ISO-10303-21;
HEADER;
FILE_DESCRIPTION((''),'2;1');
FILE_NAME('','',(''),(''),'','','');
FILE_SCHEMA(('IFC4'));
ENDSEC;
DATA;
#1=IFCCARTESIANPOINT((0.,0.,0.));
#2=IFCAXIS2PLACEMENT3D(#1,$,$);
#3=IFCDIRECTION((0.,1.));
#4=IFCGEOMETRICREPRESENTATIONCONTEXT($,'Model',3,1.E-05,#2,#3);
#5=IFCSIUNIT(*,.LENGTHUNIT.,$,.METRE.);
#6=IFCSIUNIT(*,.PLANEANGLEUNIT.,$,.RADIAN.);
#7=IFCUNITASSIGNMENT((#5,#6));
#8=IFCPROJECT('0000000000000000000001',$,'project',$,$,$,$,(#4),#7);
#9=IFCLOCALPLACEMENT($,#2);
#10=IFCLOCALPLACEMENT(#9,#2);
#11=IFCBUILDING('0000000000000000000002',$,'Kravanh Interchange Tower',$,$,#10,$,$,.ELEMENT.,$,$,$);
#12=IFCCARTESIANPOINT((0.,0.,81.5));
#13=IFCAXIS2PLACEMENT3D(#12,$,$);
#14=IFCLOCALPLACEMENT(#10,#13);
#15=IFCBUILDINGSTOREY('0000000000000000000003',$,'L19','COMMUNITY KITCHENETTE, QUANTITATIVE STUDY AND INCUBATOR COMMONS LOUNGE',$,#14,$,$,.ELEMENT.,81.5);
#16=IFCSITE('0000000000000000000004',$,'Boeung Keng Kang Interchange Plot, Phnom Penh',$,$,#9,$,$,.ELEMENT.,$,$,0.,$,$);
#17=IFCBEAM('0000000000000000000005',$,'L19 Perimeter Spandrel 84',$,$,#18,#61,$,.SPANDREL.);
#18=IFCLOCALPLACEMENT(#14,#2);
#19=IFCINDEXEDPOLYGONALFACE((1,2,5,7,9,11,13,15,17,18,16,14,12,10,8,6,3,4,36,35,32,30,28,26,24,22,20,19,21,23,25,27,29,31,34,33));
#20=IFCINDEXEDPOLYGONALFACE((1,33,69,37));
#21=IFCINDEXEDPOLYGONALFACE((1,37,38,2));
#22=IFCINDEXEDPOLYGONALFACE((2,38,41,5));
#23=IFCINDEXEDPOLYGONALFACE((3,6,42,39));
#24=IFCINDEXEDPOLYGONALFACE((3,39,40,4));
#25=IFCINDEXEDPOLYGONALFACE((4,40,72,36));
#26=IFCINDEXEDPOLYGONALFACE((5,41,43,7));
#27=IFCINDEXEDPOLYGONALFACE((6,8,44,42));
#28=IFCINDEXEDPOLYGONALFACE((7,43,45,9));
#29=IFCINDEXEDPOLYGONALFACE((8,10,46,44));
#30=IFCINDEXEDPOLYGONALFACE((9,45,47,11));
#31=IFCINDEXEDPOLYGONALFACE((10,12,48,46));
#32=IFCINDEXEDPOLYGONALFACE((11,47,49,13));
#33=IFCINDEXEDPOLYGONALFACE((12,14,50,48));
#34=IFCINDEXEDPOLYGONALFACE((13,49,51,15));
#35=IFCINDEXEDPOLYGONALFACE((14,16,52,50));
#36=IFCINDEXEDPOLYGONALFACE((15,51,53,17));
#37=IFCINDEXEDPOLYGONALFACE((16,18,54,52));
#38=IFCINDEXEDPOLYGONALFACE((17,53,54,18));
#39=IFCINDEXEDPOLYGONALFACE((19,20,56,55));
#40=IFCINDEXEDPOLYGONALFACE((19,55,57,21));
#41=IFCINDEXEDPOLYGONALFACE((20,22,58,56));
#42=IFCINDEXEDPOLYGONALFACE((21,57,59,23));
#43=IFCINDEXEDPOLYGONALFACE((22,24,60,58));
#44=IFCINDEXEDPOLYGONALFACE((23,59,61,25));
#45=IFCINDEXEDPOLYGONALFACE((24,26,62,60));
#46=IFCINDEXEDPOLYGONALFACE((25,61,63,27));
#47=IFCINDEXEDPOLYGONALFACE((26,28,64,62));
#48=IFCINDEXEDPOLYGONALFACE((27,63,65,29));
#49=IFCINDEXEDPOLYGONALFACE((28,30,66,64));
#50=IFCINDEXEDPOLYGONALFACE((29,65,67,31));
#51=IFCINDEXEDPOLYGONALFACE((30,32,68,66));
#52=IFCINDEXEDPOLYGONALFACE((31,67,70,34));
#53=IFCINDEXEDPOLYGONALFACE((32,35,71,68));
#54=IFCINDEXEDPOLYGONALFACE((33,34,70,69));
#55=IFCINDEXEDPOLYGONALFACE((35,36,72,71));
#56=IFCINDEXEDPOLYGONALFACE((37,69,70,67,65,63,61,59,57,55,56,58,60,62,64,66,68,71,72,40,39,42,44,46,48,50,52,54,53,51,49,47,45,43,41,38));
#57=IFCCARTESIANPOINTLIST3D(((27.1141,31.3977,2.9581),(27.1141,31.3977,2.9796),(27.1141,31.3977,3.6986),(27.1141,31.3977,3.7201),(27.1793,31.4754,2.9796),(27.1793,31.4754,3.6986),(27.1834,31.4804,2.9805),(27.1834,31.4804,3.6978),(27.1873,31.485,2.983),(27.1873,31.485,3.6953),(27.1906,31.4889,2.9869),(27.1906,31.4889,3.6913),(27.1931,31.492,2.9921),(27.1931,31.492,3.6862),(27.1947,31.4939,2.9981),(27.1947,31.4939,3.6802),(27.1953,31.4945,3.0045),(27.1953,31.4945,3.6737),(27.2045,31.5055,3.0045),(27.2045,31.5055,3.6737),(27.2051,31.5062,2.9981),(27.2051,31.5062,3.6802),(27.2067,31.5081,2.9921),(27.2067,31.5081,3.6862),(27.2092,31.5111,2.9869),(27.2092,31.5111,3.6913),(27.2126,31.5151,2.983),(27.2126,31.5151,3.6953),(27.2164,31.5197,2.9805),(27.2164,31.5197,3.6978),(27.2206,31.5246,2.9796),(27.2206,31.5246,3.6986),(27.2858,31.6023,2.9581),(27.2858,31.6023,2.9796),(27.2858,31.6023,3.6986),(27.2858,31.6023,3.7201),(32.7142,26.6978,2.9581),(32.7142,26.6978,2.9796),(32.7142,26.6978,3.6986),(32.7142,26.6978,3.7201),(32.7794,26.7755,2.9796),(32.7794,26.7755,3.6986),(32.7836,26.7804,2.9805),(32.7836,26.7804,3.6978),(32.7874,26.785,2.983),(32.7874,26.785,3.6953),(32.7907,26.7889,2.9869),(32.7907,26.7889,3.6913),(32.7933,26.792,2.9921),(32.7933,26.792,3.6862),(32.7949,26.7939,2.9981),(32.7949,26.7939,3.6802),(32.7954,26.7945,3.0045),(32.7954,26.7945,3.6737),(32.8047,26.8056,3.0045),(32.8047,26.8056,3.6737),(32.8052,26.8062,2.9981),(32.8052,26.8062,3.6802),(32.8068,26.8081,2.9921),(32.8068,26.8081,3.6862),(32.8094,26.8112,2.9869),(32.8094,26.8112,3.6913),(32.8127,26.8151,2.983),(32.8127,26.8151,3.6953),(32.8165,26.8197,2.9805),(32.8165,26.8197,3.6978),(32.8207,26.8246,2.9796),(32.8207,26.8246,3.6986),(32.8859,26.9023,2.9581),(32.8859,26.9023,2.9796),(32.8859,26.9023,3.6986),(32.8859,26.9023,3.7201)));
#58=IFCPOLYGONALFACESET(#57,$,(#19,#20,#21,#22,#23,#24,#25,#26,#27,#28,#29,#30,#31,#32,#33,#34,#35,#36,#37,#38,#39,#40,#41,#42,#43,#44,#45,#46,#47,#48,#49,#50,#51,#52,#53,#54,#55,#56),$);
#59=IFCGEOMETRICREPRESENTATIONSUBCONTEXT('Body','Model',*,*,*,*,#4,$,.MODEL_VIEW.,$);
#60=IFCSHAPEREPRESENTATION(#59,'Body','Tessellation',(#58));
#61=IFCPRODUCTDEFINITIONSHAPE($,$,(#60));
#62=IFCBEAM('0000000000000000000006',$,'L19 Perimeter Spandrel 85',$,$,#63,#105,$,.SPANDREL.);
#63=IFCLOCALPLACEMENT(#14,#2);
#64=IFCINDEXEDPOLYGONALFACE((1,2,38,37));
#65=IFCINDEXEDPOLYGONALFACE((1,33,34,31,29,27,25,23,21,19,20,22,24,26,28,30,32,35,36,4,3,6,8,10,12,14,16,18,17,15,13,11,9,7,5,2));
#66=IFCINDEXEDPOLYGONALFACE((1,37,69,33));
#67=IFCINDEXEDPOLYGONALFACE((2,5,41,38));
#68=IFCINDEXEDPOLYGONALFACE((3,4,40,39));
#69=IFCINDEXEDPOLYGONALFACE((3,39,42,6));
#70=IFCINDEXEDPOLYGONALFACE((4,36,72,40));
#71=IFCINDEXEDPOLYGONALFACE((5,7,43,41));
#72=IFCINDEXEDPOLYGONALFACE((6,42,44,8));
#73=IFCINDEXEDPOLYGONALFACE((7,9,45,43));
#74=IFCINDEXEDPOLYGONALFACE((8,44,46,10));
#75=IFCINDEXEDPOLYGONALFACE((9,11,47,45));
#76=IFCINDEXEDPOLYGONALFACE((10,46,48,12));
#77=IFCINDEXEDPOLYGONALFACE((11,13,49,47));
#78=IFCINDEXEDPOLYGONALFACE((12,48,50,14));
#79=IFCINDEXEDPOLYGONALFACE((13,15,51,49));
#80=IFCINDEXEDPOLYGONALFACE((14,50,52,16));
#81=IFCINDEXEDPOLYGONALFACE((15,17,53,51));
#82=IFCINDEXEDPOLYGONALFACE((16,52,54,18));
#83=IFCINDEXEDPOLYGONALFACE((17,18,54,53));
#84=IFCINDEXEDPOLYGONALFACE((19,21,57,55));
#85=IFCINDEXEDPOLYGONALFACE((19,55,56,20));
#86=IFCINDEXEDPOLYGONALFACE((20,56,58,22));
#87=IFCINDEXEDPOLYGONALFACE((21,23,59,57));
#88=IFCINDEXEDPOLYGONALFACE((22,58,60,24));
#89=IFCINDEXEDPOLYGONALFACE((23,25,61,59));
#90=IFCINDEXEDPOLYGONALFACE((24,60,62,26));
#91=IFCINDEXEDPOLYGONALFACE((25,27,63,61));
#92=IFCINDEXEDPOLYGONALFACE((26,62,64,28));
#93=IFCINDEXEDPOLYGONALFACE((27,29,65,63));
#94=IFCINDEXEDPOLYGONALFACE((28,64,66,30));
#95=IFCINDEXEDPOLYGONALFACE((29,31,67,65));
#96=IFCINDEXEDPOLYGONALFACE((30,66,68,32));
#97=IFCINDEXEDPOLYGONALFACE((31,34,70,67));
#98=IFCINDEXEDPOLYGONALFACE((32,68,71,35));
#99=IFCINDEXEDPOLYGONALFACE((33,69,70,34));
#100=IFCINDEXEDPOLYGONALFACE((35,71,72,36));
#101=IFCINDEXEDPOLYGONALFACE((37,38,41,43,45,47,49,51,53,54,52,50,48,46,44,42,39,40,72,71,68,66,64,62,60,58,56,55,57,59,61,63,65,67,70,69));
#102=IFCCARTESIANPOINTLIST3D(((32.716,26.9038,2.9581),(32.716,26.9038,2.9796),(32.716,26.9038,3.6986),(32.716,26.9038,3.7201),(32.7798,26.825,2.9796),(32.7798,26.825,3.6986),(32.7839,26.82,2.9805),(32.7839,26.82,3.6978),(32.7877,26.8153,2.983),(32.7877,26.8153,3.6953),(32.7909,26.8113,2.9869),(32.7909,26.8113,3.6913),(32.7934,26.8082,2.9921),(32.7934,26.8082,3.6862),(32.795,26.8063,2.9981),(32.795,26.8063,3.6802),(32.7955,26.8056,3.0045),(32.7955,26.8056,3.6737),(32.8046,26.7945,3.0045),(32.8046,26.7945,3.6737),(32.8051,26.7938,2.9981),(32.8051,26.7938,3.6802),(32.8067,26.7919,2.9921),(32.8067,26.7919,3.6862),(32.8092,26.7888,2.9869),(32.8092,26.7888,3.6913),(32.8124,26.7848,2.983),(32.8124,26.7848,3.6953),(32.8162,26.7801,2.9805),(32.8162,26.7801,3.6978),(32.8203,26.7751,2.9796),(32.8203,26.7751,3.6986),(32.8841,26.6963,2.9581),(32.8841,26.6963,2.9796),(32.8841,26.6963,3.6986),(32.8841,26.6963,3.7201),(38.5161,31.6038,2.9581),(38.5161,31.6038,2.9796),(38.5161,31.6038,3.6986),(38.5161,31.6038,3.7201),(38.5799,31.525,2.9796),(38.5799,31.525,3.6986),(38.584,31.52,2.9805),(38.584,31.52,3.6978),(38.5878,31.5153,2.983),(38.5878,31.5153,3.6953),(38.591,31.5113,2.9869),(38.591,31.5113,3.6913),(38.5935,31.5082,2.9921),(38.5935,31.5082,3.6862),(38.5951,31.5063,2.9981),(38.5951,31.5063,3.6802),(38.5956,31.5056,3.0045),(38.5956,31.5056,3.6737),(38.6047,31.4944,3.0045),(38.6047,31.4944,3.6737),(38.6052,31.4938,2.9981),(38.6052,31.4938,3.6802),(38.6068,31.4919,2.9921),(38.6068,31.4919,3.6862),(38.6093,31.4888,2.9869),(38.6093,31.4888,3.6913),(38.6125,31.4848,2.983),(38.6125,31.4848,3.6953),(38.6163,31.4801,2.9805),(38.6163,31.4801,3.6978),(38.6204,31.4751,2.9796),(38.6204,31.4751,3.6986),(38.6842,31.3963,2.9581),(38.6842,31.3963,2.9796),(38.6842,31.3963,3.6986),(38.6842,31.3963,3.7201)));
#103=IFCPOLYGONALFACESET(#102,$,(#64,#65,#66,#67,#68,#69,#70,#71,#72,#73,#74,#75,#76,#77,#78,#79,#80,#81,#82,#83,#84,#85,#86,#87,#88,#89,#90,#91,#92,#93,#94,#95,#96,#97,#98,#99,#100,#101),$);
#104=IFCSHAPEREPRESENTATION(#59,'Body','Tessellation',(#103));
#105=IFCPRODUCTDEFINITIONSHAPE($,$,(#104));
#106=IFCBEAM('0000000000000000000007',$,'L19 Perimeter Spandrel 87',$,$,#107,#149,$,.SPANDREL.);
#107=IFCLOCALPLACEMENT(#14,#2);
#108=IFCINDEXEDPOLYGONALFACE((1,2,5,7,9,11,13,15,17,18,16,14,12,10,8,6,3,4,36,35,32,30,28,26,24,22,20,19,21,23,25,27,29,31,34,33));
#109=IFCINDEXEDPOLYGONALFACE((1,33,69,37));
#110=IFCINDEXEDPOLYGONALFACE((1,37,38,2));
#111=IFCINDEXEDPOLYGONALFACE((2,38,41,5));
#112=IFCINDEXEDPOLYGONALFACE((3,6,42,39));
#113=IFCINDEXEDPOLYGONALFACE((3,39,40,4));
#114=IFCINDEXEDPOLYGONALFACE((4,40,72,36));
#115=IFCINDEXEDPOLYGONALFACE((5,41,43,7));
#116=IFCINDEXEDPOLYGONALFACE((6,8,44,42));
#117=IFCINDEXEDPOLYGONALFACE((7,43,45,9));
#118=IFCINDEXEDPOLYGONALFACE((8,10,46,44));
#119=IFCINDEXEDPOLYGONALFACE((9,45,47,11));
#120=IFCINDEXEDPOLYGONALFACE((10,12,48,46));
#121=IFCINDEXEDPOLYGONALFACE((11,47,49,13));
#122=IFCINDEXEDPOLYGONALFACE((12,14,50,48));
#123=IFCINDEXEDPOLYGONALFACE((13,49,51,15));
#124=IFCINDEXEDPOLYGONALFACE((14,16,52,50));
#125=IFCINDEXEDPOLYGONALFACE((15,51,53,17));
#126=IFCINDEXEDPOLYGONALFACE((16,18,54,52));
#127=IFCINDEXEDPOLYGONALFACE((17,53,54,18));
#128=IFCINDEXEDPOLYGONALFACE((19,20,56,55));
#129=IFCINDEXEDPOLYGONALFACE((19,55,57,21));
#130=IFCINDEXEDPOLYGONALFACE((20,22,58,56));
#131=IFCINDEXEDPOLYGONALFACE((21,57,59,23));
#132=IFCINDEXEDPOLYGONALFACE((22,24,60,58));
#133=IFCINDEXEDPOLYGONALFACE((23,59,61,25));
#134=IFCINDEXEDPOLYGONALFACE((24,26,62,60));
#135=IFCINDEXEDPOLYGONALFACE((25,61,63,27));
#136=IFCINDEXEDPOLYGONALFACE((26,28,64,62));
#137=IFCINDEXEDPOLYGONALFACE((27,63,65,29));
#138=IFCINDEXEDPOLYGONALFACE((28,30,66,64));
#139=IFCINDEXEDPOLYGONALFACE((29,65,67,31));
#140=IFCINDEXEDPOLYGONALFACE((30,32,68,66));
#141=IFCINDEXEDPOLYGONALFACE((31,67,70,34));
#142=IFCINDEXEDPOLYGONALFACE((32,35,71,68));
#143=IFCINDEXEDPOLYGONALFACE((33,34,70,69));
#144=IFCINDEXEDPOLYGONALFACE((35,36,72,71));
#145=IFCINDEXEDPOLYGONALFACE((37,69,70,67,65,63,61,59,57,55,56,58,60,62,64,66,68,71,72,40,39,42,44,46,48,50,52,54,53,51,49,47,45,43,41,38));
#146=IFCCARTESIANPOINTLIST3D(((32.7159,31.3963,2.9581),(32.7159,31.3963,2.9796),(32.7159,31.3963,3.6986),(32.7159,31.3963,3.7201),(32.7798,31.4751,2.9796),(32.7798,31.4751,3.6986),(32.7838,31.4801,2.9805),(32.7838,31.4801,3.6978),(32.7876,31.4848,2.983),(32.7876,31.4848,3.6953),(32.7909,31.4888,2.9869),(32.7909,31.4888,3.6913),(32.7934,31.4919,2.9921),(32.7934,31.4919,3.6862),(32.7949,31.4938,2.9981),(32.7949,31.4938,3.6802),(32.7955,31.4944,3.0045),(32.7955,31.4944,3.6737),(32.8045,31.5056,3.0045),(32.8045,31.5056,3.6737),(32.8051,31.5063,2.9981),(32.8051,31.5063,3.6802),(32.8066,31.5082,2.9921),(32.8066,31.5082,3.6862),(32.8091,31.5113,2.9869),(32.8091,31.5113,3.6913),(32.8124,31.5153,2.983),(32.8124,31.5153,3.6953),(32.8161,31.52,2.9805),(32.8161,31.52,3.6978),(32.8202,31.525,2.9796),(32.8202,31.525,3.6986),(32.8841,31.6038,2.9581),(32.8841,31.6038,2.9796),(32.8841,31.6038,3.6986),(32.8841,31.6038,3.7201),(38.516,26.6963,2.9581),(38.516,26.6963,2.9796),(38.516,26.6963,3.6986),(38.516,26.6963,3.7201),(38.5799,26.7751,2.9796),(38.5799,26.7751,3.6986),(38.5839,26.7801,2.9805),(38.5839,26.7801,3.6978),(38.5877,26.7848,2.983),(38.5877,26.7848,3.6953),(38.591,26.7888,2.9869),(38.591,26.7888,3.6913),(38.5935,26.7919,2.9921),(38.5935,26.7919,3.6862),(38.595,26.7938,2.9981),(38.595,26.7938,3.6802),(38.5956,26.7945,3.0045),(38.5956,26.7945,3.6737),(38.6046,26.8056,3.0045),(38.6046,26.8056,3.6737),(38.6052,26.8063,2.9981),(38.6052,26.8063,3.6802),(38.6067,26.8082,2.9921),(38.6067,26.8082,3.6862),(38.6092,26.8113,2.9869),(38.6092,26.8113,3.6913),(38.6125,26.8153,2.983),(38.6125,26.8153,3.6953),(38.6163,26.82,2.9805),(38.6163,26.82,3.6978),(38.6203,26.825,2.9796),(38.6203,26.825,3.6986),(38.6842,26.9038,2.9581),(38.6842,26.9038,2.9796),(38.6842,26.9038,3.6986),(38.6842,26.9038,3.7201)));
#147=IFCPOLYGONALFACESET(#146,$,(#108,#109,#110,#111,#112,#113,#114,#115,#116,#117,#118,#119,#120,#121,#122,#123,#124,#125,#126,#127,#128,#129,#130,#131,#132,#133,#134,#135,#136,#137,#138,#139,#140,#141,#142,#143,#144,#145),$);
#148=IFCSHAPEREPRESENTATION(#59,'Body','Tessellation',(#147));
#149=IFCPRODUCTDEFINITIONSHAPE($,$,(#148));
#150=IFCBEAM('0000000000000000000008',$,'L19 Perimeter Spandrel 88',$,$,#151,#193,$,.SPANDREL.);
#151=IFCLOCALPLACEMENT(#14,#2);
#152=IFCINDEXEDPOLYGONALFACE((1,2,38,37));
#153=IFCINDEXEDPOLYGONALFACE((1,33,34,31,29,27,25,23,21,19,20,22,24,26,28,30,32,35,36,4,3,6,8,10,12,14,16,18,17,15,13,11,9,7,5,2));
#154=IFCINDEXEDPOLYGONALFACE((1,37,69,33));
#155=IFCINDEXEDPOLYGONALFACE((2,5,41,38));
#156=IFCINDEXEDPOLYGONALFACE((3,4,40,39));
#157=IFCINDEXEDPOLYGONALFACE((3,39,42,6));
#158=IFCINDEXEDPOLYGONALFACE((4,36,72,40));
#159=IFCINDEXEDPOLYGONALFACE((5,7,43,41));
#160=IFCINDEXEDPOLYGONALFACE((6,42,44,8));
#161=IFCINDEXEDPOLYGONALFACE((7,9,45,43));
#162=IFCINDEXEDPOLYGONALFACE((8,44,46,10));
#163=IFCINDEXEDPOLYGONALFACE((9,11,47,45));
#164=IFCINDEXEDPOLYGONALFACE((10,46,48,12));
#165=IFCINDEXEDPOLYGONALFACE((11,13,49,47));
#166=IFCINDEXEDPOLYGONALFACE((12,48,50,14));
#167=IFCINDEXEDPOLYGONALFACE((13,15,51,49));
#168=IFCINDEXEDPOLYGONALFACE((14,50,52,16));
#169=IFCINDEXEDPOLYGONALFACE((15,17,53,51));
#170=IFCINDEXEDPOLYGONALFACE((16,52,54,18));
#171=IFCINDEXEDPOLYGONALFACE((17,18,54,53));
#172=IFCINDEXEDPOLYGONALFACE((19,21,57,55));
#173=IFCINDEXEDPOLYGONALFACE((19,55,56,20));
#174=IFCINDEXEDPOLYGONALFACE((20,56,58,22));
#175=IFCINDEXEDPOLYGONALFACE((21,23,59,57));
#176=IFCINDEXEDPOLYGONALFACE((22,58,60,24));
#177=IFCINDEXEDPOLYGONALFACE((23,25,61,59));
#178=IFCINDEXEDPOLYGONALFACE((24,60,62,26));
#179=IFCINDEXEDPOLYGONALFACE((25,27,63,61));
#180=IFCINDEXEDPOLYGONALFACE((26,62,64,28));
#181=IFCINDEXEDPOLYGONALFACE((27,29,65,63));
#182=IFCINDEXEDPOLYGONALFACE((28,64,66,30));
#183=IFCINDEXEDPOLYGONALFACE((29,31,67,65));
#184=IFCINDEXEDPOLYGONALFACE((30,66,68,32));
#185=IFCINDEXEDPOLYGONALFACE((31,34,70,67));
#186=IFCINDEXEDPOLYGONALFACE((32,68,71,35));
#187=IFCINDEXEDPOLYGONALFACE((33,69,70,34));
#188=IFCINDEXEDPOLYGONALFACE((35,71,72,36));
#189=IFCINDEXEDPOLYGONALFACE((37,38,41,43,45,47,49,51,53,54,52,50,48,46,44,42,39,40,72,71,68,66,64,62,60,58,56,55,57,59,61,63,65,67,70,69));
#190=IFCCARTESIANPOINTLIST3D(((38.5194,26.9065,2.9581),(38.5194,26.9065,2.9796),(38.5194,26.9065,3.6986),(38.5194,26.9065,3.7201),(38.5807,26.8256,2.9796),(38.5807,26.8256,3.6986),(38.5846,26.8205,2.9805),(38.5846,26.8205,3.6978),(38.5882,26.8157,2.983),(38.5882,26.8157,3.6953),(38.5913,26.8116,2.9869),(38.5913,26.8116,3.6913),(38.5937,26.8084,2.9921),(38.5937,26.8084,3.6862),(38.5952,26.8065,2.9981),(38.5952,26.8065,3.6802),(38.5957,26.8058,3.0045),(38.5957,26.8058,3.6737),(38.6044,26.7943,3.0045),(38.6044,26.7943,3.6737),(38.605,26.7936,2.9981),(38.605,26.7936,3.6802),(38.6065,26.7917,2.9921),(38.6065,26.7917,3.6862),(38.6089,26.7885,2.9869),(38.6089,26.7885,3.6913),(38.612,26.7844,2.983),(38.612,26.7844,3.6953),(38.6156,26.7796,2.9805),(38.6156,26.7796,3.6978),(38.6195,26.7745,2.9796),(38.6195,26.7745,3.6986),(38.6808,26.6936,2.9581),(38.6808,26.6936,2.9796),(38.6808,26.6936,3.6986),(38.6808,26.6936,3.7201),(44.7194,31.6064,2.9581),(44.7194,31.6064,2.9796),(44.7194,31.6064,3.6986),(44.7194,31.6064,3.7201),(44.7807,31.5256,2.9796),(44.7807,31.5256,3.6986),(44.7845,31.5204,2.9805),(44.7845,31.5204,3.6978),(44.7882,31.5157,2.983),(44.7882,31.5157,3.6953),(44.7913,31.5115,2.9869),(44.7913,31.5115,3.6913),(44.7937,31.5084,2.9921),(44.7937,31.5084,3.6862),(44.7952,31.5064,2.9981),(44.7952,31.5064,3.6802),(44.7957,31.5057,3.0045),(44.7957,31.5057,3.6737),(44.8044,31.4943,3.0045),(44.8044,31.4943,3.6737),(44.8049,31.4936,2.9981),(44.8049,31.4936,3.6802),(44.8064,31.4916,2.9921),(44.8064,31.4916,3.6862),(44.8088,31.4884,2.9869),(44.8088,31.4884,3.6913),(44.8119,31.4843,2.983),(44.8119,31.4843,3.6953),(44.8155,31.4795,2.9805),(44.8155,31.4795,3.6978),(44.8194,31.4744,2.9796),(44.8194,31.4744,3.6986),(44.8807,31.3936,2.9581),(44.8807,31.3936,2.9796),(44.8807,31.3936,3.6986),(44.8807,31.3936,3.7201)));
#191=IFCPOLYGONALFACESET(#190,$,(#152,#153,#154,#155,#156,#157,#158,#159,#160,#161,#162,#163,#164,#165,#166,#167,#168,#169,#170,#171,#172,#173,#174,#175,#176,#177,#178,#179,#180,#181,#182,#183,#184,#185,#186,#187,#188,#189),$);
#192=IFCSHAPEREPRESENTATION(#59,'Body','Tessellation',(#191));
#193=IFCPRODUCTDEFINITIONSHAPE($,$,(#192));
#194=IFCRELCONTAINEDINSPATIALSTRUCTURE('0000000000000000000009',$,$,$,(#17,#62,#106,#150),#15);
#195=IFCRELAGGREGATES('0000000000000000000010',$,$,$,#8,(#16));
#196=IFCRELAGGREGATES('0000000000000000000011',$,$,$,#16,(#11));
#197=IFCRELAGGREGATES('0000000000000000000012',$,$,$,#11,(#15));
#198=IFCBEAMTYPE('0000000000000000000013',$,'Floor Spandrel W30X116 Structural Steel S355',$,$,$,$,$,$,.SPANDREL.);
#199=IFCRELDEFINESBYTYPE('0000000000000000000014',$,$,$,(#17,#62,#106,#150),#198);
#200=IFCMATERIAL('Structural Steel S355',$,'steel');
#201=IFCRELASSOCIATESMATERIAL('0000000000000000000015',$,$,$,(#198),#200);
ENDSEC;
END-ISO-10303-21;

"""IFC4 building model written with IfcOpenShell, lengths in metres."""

from ifc_helpers import new_model, si_unit, direction, frame, origin, origin_2d, place, context, subcontext, project, spatial, i_section, extrude, material, material_profile, profile_set, type_object, element, save


model = new_model("IFC4")

# Units and contexts
model_context = context("Model", 3, precision=1e-05, world=origin(), true_north=direction((0.0, 1.0)))
body_context = subcontext(model_context, "Body", "Model", "MODEL_VIEW")
ifc_project = project(units=[si_unit("LENGTHUNIT", "METRE"), si_unit("PLANEANGLEUNIT", "RADIAN")], contexts=[model_context])

# Site, building, storey
site_placement = place(None, origin())
site = spatial("IfcSite", under=ifc_project, at=site_placement, Name="Boeung Keng Kang Interchange Plot, Phnom Penh", CompositionType="ELEMENT", RefElevation=0.0)
building_placement = place(site_placement, origin())
building = spatial("IfcBuilding", under=site, at=building_placement, Name="Kravanh Interchange Tower", CompositionType="ELEMENT")
storey_placement = place(building_placement, frame((0.0, 0.0, 81.5)))
storey = spatial("IfcBuildingStorey", under=building, at=storey_placement, Name="L19", Description="COMMUNITY KITCHENETTE, QUANTITATIVE STUDY AND INCUBATOR COMMONS LOUNGE", CompositionType="ELEMENT", Elevation=81.5)

# Beams
ifc_material_1 = material(Name="Structural Steel S355", Category="steel")
ifc_material_profile_1 = material_profile(ifc_material_1, i_section(OverallWidth=0.2671, OverallDepth=0.762, WebThickness=0.0144, FlangeThickness=0.0215, FilletRadius=0.0249, at=origin_2d()), Name="W30X116")
ifc_profile_set_1 = profile_set([ifc_material_profile_1], Name="Structural Steel S355")
beam_type_1 = type_object("IfcBeamType", Name="Floor Spandrel W30X116 Structural Steel S355", PredefinedType="SPANDREL", material=ifc_profile_set_1)
beam_1_placement = place(storey_placement, frame((32.8, 26.8, 3.3391), z_axis=(-0.765983, 0.642861, 0.0), x_axis=(-0.642861, -0.765983, 0.0)))
element("IfcBeam", 1, at=beam_1_placement, inside=storey, type_object=beam_type_1, Name="L19 Perimeter Spandrel 84", PredefinedType="SPANDREL", context=body_context, shape_type="SweptSolid", body=[
    extrude(i_section(OverallWidth=0.2671, OverallDepth=0.762, WebThickness=0.0144, FlangeThickness=0.0215, FilletRadius=0.0249, at=origin_2d()), origin(), (0.0, 0.0, 1.0), 7.311),
])
for number, where, z_axis, x_axis, name in (
    (2, (32.8, 26.8, 3.3391), (0.776939, 0.629576, 0.0), (-0.629576, 0.776939, 0.0), "L19 Perimeter Spandrel 85"),
    (3, (38.6001, 26.8, 3.3391), (-0.776939, 0.629576, 0.0), (-0.629576, -0.776939, 0.0), "L19 Perimeter Spandrel 87"),
):
    element("IfcBeam", number, at=place(storey_placement, frame(where, z_axis=z_axis, x_axis=x_axis)), inside=storey, type_object=beam_type_1, Name=name, PredefinedType="SPANDREL", context=body_context, shape_type="SweptSolid", body=[
        extrude(i_section(OverallWidth=0.2671, OverallDepth=0.762, WebThickness=0.0144, FlangeThickness=0.0215, FilletRadius=0.0249, at=origin_2d()), origin(), (0.0, 0.0, 1.0), 7.4653),
    ])
beam_2_placement = place(storey_placement, frame((38.6001, 26.8, 3.3391), z_axis=(0.796905, 0.604104, 0.0), x_axis=(-0.604104, 0.796905, 0.0)))
element("IfcBeam", 4, at=beam_2_placement, inside=storey, type_object=beam_type_1, Name="L19 Perimeter Spandrel 88", PredefinedType="SPANDREL", context=body_context, shape_type="SweptSolid", body=[
    extrude(i_section(OverallWidth=0.2671, OverallDepth=0.762, WebThickness=0.0144, FlangeThickness=0.0215, FilletRadius=0.0249, at=origin_2d()), origin(), (0.0, 0.0, 1.0), 7.78),
])

save(model, "model.ifc")
